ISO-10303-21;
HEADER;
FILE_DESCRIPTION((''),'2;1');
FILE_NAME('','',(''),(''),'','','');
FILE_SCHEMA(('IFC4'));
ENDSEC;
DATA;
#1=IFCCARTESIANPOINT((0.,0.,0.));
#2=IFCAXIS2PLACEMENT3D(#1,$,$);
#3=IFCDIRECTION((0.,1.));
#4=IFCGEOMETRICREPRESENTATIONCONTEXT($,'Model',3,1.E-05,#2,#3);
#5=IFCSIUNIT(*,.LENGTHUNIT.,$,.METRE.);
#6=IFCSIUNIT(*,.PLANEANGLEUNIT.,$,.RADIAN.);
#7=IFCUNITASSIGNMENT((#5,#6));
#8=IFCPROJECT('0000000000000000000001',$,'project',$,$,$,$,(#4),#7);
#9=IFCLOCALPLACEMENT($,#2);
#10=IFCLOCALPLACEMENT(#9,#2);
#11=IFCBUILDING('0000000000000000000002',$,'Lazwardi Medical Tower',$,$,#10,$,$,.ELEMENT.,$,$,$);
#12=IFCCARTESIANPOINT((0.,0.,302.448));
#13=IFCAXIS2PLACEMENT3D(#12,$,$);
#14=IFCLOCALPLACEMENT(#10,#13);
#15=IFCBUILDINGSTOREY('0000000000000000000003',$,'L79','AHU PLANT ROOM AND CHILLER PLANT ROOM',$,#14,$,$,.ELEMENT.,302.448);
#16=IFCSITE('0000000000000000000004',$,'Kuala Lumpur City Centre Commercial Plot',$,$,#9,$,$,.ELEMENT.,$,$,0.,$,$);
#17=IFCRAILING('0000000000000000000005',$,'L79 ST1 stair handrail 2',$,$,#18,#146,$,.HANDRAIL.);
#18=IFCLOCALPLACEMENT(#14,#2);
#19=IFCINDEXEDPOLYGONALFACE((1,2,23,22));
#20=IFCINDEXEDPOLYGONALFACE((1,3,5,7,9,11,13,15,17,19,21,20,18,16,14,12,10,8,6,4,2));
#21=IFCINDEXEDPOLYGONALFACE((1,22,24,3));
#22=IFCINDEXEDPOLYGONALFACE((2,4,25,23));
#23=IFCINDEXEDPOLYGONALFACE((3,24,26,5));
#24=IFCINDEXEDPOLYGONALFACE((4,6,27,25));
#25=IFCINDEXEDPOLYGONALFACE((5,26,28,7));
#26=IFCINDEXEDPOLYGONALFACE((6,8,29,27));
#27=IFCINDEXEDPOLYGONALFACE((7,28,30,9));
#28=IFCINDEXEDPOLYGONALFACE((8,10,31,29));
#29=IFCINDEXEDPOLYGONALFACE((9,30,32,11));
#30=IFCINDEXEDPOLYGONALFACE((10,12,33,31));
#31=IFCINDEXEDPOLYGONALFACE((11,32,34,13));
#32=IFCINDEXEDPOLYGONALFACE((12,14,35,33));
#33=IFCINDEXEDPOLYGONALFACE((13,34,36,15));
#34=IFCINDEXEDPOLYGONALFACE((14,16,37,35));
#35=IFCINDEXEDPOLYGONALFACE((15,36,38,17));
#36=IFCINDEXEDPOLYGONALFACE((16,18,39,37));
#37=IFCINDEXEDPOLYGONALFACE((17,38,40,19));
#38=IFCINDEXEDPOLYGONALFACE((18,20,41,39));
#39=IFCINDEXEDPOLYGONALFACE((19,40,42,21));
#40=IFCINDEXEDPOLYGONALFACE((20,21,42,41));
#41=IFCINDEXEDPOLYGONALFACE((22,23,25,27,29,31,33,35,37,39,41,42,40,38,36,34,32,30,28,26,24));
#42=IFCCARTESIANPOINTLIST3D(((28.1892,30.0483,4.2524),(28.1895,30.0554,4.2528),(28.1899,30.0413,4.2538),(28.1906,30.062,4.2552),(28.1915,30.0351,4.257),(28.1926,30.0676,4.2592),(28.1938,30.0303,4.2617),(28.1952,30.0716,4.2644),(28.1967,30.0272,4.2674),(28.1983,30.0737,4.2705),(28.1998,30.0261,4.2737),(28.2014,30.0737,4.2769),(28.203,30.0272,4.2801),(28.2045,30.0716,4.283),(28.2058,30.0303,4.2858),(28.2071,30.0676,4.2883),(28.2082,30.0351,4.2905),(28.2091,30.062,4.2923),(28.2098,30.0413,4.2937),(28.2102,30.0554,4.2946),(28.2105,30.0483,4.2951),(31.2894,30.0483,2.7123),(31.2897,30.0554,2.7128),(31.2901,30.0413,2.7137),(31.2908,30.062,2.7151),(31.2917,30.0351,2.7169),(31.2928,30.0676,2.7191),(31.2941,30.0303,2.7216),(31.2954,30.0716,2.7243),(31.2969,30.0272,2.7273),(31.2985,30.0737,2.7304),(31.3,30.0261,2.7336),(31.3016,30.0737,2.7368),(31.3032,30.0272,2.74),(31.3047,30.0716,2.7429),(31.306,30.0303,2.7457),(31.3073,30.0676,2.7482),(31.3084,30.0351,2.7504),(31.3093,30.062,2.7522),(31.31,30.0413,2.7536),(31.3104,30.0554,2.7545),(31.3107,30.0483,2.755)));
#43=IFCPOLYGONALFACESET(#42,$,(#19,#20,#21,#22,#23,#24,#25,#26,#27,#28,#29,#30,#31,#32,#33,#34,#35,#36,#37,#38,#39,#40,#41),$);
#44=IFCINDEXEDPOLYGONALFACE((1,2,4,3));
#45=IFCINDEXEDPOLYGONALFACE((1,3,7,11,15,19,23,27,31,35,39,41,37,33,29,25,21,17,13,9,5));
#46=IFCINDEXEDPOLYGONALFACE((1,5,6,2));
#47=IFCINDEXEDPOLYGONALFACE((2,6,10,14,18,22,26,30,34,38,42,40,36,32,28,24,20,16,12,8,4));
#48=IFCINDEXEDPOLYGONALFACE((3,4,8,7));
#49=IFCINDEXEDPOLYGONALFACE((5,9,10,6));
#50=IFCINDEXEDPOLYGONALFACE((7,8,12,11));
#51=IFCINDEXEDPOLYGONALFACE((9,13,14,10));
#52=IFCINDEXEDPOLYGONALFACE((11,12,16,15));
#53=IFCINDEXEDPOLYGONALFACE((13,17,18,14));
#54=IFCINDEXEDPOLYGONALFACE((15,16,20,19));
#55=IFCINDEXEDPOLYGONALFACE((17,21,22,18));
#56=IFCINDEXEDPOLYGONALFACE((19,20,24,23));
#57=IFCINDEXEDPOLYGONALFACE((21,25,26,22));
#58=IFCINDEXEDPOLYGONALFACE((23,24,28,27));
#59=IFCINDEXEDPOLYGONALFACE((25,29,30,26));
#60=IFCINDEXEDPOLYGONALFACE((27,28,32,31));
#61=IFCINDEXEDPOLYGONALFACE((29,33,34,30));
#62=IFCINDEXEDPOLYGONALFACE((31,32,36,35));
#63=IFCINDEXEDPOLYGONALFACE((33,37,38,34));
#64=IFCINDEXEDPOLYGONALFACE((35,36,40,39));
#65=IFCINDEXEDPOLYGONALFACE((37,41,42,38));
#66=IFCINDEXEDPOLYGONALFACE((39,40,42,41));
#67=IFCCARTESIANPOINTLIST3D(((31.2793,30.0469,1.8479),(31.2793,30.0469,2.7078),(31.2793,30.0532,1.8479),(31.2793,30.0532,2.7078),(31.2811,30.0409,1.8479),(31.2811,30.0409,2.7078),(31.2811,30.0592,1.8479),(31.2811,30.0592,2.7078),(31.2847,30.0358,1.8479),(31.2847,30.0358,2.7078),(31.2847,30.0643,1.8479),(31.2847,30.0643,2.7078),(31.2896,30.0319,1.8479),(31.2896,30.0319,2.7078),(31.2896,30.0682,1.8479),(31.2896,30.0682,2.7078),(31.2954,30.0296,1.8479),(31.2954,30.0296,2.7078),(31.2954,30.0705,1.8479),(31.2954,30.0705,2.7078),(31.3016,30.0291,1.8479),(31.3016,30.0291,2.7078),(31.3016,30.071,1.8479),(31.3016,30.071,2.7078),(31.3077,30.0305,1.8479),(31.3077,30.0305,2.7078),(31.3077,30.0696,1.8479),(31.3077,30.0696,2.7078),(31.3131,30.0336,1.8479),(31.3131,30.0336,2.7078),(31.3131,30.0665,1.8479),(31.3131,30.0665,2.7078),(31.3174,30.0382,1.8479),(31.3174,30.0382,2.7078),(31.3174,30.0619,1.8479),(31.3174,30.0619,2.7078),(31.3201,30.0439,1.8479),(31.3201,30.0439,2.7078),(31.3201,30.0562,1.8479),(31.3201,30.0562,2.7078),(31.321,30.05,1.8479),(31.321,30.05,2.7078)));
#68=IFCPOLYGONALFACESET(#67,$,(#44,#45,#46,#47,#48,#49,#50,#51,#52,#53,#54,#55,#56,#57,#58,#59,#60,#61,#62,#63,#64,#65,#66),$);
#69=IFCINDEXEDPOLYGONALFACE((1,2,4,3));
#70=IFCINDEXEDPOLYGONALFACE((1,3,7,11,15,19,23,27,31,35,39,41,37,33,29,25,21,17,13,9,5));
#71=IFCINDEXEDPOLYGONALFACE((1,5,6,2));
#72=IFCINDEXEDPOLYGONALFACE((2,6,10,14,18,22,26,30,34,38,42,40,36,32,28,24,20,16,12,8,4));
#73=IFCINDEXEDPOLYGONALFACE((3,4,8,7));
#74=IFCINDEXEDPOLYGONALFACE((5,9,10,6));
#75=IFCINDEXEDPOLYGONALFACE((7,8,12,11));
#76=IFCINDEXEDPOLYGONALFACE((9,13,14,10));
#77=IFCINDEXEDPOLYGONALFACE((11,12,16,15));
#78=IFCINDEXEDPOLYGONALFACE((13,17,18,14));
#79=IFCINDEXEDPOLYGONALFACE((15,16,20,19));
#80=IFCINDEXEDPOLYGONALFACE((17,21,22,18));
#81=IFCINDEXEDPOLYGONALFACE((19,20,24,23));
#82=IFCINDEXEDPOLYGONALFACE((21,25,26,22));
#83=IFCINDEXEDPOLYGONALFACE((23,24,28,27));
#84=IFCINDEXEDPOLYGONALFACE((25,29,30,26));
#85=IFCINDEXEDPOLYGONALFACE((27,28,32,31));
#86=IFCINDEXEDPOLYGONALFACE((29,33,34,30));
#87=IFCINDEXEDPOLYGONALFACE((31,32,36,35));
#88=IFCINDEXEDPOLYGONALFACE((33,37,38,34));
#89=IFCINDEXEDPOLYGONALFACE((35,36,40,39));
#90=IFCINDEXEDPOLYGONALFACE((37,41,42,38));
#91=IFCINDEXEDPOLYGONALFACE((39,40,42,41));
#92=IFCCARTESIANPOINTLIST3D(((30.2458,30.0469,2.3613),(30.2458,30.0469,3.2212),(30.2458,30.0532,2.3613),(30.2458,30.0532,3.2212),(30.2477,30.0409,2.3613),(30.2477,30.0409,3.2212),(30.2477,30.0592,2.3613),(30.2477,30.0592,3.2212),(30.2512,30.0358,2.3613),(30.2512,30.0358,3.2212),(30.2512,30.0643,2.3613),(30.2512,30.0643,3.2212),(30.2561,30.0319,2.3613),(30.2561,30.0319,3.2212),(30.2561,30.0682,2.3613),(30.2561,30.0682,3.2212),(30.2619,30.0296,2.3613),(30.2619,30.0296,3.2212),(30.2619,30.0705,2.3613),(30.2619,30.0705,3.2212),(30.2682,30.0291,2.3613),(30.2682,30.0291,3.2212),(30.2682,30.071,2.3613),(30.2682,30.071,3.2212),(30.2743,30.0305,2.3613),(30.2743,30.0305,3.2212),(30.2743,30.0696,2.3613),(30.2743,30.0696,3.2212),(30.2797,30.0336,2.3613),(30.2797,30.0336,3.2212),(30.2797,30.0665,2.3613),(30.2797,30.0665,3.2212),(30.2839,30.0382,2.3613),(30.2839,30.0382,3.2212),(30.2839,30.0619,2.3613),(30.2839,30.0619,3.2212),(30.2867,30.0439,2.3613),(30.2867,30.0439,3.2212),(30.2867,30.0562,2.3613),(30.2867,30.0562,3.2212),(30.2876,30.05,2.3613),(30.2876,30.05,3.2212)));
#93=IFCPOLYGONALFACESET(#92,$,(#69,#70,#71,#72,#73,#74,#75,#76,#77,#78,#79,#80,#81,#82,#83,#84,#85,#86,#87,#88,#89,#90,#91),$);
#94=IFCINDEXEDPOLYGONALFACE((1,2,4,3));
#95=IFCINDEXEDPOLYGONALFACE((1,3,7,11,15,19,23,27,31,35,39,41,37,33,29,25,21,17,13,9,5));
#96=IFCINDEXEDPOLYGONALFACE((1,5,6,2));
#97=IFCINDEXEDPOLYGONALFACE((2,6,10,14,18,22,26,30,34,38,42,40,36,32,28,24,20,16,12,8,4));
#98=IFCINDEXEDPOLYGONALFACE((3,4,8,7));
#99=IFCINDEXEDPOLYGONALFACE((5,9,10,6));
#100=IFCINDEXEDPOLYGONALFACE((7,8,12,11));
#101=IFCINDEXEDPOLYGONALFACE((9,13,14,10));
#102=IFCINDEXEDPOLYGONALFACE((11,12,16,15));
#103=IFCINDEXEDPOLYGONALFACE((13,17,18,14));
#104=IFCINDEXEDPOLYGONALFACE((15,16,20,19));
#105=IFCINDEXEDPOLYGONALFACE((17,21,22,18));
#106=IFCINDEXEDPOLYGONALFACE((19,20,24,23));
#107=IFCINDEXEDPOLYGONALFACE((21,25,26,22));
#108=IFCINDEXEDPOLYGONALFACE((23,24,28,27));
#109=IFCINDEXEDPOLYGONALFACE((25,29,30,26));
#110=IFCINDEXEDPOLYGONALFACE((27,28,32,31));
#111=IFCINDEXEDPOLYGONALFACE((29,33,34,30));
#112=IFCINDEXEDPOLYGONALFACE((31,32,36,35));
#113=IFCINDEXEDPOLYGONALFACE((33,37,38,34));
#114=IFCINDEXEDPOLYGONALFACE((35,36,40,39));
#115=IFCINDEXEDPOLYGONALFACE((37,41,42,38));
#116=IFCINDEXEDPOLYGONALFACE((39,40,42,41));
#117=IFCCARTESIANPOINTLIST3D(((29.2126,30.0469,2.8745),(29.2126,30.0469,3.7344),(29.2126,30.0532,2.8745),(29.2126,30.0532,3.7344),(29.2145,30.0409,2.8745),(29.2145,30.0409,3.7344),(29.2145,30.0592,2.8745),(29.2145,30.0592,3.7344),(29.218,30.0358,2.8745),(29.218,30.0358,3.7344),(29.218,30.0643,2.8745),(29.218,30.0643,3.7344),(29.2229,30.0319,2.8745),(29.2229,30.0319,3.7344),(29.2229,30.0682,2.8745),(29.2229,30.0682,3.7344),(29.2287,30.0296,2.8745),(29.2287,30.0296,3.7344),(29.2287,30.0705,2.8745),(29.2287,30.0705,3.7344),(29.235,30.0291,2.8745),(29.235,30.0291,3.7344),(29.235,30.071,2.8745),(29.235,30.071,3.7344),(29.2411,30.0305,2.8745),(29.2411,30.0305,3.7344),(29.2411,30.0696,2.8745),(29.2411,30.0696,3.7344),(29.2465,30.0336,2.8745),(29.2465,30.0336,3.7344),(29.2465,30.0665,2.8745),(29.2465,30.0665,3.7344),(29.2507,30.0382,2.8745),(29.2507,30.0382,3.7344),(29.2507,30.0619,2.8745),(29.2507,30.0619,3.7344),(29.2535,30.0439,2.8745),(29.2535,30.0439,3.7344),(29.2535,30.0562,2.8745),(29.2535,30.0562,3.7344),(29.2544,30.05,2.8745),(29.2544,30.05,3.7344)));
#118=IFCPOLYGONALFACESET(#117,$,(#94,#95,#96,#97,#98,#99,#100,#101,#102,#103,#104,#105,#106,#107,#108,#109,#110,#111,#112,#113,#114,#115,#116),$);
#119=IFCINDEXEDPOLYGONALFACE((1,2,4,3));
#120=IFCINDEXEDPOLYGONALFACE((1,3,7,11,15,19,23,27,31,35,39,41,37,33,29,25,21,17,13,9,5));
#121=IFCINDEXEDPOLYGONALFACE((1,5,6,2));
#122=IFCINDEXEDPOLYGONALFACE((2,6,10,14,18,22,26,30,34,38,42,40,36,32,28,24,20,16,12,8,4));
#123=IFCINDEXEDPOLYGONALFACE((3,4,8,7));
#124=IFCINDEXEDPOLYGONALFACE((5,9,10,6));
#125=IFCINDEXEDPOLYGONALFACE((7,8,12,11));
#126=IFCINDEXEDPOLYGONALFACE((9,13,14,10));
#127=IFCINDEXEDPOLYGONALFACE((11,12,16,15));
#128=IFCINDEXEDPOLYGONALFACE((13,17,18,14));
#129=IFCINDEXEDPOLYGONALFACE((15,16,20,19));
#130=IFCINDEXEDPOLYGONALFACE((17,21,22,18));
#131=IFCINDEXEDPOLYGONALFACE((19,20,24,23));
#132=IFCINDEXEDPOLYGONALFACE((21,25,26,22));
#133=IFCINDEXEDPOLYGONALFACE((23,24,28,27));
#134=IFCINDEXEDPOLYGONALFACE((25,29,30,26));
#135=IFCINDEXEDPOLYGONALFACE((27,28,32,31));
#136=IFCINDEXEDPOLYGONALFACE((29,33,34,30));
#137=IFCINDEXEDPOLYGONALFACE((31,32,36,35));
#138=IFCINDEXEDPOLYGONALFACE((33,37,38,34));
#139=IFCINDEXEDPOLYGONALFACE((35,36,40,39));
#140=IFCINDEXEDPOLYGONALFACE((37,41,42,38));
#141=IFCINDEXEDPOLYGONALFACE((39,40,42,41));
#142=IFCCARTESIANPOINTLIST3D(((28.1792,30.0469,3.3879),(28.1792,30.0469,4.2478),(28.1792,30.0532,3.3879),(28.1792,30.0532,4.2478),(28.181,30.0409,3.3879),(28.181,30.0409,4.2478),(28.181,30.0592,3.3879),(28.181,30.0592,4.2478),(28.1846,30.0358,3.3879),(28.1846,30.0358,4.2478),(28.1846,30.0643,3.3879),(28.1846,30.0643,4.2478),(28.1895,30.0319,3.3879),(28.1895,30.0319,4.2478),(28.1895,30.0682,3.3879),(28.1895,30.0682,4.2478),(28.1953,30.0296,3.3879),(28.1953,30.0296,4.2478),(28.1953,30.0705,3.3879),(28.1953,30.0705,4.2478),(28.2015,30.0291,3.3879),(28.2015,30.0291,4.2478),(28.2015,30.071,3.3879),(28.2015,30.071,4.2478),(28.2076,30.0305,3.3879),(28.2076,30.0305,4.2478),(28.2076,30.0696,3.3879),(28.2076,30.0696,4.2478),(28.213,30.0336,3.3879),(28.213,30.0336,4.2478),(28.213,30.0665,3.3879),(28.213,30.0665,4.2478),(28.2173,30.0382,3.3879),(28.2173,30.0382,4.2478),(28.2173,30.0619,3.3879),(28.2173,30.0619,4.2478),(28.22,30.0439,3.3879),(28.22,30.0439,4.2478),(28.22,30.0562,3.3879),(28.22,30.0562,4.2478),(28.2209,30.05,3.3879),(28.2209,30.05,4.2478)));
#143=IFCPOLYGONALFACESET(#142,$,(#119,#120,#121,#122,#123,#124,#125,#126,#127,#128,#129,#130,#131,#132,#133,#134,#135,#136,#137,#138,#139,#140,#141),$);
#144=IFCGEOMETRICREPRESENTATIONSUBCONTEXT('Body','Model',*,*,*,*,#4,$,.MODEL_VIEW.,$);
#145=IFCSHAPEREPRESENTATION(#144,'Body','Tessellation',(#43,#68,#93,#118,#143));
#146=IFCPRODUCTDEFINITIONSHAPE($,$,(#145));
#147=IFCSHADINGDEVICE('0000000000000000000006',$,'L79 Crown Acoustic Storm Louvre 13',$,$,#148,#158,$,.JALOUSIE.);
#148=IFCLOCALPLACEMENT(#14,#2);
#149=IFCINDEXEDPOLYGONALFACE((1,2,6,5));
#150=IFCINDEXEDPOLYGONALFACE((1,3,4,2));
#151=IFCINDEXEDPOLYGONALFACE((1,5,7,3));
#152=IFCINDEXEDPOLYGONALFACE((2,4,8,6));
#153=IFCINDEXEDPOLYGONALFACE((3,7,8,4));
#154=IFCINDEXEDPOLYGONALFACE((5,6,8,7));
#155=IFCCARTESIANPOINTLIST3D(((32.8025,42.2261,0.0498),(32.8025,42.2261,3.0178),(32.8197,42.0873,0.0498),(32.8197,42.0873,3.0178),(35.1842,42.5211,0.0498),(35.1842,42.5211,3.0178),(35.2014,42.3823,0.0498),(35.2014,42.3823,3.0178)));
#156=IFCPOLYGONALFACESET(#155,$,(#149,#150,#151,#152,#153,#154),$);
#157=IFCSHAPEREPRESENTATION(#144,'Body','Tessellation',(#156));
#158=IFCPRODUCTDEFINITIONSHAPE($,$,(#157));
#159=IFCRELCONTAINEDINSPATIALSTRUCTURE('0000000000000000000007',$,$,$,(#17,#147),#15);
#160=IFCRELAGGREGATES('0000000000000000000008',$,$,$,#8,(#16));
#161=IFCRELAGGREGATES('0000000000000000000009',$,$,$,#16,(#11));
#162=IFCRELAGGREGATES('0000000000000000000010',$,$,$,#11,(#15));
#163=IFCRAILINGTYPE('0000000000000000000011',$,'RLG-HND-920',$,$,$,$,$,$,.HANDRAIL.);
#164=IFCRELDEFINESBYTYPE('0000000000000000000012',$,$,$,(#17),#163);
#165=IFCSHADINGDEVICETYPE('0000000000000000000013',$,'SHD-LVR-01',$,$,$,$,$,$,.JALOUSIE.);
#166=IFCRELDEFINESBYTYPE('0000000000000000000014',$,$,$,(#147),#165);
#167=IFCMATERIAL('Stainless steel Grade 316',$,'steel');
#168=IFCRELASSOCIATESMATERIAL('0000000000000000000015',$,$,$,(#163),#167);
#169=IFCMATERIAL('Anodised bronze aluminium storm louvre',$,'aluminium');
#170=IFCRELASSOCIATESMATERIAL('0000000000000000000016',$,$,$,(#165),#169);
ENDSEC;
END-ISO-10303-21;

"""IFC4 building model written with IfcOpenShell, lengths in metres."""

from ifc_helpers import new_model, si_unit, direction, frame, origin, origin_2d, place, context, subcontext, project, spatial, rectangle, circle, extrude, material, type_object, element, save


model = new_model("IFC4")

# Units and contexts
model_context = context("Model", 3, precision=1e-05, world=origin(), true_north=direction((0.0, 1.0)))
body_context = subcontext(model_context, "Body", "Model", "MODEL_VIEW")
ifc_project = project(units=[si_unit("LENGTHUNIT", "METRE"), si_unit("PLANEANGLEUNIT", "RADIAN")], contexts=[model_context])

# Site, building, storey
site_placement = place(None, origin())
site = spatial("IfcSite", under=ifc_project, at=site_placement, Name="Kuala Lumpur City Centre Commercial Plot", CompositionType="ELEMENT", RefElevation=0.0)
building_placement = place(site_placement, origin())
building = spatial("IfcBuilding", under=site, at=building_placement, Name="Lazwardi Medical Tower", CompositionType="ELEMENT")
storey_placement = place(building_placement, frame((0.0, 0.0, 302.448)))
storey = spatial("IfcBuildingStorey", under=building, at=storey_placement, Name="L79", Description="AHU PLANT ROOM AND CHILLER PLANT ROOM", CompositionType="ELEMENT", Elevation=302.448)

# Railing
ifc_material_1 = material(Name="Stainless steel Grade 316", Category="steel")
railing_type_1 = type_object("IfcRailingType", Name="RLG-HND-920", PredefinedType="HANDRAIL", material=ifc_material_1)
railing_1_placement = place(storey_placement, frame((31.3, 30.05, 1.8479)))
element("IfcRailing", 1, at=railing_1_placement, inside=storey, type_object=railing_type_1, Name="L79 ST1 stair handrail 2", PredefinedType="HANDRAIL", context=body_context, shape_type="SweptSolid", body=[
    extrude(circle(Radius=0.0239, at=origin_2d()), frame((0.0, 0.0, 0.8857), z_axis=(-0.895581, 0.0, 0.444899), x_axis=(0.0, -1.0, 0.0)), (0.0, 0.0, 1.0), 3.4617),
    extrude(circle(Radius=0.021, at=origin_2d()), origin(), (0.0, 0.0, 1.0), 0.8599),
    extrude(circle(Radius=0.021, at=origin_2d()), frame((-1.0334, 0.0, 0.5134)), (0.0, 0.0, 1.0), 0.8599),
    extrude(circle(Radius=0.021, at=origin_2d()), frame((-2.0667, 0.0, 1.0266)), (0.0, 0.0, 1.0), 0.8599),
    extrude(circle(Radius=0.021, at=origin_2d()), frame((-3.1001, 0.0, 1.54)), (0.0, 0.0, 1.0), 0.8599),
])

# Shading device
ifc_material_2 = material(Name="Anodised bronze aluminium storm louvre", Category="aluminium")
shading_device_type = type_object("IfcShadingDeviceType", Name="SHD-LVR-01", PredefinedType="JALOUSIE", material=ifc_material_2)
shading_device_placement = place(storey_placement, frame((34.002, 42.3042, 0.0498), z_axis=(0.0, 0.0, 1.0), x_axis=(-0.992415, -0.122933, 0.0)))
element("IfcShadingDevice", 2, at=shading_device_placement, inside=storey, type_object=shading_device_type, Name="L79 Crown Acoustic Storm Louvre 13", PredefinedType="JALOUSIE", context=body_context, shape_type="SweptSolid", body=[
    extrude(rectangle(XDim=2.3999, YDim=0.1399, at=origin_2d()), origin(), (0.0, 0.0, 1.0), 2.968),
])

save(model, "model.ifc")
